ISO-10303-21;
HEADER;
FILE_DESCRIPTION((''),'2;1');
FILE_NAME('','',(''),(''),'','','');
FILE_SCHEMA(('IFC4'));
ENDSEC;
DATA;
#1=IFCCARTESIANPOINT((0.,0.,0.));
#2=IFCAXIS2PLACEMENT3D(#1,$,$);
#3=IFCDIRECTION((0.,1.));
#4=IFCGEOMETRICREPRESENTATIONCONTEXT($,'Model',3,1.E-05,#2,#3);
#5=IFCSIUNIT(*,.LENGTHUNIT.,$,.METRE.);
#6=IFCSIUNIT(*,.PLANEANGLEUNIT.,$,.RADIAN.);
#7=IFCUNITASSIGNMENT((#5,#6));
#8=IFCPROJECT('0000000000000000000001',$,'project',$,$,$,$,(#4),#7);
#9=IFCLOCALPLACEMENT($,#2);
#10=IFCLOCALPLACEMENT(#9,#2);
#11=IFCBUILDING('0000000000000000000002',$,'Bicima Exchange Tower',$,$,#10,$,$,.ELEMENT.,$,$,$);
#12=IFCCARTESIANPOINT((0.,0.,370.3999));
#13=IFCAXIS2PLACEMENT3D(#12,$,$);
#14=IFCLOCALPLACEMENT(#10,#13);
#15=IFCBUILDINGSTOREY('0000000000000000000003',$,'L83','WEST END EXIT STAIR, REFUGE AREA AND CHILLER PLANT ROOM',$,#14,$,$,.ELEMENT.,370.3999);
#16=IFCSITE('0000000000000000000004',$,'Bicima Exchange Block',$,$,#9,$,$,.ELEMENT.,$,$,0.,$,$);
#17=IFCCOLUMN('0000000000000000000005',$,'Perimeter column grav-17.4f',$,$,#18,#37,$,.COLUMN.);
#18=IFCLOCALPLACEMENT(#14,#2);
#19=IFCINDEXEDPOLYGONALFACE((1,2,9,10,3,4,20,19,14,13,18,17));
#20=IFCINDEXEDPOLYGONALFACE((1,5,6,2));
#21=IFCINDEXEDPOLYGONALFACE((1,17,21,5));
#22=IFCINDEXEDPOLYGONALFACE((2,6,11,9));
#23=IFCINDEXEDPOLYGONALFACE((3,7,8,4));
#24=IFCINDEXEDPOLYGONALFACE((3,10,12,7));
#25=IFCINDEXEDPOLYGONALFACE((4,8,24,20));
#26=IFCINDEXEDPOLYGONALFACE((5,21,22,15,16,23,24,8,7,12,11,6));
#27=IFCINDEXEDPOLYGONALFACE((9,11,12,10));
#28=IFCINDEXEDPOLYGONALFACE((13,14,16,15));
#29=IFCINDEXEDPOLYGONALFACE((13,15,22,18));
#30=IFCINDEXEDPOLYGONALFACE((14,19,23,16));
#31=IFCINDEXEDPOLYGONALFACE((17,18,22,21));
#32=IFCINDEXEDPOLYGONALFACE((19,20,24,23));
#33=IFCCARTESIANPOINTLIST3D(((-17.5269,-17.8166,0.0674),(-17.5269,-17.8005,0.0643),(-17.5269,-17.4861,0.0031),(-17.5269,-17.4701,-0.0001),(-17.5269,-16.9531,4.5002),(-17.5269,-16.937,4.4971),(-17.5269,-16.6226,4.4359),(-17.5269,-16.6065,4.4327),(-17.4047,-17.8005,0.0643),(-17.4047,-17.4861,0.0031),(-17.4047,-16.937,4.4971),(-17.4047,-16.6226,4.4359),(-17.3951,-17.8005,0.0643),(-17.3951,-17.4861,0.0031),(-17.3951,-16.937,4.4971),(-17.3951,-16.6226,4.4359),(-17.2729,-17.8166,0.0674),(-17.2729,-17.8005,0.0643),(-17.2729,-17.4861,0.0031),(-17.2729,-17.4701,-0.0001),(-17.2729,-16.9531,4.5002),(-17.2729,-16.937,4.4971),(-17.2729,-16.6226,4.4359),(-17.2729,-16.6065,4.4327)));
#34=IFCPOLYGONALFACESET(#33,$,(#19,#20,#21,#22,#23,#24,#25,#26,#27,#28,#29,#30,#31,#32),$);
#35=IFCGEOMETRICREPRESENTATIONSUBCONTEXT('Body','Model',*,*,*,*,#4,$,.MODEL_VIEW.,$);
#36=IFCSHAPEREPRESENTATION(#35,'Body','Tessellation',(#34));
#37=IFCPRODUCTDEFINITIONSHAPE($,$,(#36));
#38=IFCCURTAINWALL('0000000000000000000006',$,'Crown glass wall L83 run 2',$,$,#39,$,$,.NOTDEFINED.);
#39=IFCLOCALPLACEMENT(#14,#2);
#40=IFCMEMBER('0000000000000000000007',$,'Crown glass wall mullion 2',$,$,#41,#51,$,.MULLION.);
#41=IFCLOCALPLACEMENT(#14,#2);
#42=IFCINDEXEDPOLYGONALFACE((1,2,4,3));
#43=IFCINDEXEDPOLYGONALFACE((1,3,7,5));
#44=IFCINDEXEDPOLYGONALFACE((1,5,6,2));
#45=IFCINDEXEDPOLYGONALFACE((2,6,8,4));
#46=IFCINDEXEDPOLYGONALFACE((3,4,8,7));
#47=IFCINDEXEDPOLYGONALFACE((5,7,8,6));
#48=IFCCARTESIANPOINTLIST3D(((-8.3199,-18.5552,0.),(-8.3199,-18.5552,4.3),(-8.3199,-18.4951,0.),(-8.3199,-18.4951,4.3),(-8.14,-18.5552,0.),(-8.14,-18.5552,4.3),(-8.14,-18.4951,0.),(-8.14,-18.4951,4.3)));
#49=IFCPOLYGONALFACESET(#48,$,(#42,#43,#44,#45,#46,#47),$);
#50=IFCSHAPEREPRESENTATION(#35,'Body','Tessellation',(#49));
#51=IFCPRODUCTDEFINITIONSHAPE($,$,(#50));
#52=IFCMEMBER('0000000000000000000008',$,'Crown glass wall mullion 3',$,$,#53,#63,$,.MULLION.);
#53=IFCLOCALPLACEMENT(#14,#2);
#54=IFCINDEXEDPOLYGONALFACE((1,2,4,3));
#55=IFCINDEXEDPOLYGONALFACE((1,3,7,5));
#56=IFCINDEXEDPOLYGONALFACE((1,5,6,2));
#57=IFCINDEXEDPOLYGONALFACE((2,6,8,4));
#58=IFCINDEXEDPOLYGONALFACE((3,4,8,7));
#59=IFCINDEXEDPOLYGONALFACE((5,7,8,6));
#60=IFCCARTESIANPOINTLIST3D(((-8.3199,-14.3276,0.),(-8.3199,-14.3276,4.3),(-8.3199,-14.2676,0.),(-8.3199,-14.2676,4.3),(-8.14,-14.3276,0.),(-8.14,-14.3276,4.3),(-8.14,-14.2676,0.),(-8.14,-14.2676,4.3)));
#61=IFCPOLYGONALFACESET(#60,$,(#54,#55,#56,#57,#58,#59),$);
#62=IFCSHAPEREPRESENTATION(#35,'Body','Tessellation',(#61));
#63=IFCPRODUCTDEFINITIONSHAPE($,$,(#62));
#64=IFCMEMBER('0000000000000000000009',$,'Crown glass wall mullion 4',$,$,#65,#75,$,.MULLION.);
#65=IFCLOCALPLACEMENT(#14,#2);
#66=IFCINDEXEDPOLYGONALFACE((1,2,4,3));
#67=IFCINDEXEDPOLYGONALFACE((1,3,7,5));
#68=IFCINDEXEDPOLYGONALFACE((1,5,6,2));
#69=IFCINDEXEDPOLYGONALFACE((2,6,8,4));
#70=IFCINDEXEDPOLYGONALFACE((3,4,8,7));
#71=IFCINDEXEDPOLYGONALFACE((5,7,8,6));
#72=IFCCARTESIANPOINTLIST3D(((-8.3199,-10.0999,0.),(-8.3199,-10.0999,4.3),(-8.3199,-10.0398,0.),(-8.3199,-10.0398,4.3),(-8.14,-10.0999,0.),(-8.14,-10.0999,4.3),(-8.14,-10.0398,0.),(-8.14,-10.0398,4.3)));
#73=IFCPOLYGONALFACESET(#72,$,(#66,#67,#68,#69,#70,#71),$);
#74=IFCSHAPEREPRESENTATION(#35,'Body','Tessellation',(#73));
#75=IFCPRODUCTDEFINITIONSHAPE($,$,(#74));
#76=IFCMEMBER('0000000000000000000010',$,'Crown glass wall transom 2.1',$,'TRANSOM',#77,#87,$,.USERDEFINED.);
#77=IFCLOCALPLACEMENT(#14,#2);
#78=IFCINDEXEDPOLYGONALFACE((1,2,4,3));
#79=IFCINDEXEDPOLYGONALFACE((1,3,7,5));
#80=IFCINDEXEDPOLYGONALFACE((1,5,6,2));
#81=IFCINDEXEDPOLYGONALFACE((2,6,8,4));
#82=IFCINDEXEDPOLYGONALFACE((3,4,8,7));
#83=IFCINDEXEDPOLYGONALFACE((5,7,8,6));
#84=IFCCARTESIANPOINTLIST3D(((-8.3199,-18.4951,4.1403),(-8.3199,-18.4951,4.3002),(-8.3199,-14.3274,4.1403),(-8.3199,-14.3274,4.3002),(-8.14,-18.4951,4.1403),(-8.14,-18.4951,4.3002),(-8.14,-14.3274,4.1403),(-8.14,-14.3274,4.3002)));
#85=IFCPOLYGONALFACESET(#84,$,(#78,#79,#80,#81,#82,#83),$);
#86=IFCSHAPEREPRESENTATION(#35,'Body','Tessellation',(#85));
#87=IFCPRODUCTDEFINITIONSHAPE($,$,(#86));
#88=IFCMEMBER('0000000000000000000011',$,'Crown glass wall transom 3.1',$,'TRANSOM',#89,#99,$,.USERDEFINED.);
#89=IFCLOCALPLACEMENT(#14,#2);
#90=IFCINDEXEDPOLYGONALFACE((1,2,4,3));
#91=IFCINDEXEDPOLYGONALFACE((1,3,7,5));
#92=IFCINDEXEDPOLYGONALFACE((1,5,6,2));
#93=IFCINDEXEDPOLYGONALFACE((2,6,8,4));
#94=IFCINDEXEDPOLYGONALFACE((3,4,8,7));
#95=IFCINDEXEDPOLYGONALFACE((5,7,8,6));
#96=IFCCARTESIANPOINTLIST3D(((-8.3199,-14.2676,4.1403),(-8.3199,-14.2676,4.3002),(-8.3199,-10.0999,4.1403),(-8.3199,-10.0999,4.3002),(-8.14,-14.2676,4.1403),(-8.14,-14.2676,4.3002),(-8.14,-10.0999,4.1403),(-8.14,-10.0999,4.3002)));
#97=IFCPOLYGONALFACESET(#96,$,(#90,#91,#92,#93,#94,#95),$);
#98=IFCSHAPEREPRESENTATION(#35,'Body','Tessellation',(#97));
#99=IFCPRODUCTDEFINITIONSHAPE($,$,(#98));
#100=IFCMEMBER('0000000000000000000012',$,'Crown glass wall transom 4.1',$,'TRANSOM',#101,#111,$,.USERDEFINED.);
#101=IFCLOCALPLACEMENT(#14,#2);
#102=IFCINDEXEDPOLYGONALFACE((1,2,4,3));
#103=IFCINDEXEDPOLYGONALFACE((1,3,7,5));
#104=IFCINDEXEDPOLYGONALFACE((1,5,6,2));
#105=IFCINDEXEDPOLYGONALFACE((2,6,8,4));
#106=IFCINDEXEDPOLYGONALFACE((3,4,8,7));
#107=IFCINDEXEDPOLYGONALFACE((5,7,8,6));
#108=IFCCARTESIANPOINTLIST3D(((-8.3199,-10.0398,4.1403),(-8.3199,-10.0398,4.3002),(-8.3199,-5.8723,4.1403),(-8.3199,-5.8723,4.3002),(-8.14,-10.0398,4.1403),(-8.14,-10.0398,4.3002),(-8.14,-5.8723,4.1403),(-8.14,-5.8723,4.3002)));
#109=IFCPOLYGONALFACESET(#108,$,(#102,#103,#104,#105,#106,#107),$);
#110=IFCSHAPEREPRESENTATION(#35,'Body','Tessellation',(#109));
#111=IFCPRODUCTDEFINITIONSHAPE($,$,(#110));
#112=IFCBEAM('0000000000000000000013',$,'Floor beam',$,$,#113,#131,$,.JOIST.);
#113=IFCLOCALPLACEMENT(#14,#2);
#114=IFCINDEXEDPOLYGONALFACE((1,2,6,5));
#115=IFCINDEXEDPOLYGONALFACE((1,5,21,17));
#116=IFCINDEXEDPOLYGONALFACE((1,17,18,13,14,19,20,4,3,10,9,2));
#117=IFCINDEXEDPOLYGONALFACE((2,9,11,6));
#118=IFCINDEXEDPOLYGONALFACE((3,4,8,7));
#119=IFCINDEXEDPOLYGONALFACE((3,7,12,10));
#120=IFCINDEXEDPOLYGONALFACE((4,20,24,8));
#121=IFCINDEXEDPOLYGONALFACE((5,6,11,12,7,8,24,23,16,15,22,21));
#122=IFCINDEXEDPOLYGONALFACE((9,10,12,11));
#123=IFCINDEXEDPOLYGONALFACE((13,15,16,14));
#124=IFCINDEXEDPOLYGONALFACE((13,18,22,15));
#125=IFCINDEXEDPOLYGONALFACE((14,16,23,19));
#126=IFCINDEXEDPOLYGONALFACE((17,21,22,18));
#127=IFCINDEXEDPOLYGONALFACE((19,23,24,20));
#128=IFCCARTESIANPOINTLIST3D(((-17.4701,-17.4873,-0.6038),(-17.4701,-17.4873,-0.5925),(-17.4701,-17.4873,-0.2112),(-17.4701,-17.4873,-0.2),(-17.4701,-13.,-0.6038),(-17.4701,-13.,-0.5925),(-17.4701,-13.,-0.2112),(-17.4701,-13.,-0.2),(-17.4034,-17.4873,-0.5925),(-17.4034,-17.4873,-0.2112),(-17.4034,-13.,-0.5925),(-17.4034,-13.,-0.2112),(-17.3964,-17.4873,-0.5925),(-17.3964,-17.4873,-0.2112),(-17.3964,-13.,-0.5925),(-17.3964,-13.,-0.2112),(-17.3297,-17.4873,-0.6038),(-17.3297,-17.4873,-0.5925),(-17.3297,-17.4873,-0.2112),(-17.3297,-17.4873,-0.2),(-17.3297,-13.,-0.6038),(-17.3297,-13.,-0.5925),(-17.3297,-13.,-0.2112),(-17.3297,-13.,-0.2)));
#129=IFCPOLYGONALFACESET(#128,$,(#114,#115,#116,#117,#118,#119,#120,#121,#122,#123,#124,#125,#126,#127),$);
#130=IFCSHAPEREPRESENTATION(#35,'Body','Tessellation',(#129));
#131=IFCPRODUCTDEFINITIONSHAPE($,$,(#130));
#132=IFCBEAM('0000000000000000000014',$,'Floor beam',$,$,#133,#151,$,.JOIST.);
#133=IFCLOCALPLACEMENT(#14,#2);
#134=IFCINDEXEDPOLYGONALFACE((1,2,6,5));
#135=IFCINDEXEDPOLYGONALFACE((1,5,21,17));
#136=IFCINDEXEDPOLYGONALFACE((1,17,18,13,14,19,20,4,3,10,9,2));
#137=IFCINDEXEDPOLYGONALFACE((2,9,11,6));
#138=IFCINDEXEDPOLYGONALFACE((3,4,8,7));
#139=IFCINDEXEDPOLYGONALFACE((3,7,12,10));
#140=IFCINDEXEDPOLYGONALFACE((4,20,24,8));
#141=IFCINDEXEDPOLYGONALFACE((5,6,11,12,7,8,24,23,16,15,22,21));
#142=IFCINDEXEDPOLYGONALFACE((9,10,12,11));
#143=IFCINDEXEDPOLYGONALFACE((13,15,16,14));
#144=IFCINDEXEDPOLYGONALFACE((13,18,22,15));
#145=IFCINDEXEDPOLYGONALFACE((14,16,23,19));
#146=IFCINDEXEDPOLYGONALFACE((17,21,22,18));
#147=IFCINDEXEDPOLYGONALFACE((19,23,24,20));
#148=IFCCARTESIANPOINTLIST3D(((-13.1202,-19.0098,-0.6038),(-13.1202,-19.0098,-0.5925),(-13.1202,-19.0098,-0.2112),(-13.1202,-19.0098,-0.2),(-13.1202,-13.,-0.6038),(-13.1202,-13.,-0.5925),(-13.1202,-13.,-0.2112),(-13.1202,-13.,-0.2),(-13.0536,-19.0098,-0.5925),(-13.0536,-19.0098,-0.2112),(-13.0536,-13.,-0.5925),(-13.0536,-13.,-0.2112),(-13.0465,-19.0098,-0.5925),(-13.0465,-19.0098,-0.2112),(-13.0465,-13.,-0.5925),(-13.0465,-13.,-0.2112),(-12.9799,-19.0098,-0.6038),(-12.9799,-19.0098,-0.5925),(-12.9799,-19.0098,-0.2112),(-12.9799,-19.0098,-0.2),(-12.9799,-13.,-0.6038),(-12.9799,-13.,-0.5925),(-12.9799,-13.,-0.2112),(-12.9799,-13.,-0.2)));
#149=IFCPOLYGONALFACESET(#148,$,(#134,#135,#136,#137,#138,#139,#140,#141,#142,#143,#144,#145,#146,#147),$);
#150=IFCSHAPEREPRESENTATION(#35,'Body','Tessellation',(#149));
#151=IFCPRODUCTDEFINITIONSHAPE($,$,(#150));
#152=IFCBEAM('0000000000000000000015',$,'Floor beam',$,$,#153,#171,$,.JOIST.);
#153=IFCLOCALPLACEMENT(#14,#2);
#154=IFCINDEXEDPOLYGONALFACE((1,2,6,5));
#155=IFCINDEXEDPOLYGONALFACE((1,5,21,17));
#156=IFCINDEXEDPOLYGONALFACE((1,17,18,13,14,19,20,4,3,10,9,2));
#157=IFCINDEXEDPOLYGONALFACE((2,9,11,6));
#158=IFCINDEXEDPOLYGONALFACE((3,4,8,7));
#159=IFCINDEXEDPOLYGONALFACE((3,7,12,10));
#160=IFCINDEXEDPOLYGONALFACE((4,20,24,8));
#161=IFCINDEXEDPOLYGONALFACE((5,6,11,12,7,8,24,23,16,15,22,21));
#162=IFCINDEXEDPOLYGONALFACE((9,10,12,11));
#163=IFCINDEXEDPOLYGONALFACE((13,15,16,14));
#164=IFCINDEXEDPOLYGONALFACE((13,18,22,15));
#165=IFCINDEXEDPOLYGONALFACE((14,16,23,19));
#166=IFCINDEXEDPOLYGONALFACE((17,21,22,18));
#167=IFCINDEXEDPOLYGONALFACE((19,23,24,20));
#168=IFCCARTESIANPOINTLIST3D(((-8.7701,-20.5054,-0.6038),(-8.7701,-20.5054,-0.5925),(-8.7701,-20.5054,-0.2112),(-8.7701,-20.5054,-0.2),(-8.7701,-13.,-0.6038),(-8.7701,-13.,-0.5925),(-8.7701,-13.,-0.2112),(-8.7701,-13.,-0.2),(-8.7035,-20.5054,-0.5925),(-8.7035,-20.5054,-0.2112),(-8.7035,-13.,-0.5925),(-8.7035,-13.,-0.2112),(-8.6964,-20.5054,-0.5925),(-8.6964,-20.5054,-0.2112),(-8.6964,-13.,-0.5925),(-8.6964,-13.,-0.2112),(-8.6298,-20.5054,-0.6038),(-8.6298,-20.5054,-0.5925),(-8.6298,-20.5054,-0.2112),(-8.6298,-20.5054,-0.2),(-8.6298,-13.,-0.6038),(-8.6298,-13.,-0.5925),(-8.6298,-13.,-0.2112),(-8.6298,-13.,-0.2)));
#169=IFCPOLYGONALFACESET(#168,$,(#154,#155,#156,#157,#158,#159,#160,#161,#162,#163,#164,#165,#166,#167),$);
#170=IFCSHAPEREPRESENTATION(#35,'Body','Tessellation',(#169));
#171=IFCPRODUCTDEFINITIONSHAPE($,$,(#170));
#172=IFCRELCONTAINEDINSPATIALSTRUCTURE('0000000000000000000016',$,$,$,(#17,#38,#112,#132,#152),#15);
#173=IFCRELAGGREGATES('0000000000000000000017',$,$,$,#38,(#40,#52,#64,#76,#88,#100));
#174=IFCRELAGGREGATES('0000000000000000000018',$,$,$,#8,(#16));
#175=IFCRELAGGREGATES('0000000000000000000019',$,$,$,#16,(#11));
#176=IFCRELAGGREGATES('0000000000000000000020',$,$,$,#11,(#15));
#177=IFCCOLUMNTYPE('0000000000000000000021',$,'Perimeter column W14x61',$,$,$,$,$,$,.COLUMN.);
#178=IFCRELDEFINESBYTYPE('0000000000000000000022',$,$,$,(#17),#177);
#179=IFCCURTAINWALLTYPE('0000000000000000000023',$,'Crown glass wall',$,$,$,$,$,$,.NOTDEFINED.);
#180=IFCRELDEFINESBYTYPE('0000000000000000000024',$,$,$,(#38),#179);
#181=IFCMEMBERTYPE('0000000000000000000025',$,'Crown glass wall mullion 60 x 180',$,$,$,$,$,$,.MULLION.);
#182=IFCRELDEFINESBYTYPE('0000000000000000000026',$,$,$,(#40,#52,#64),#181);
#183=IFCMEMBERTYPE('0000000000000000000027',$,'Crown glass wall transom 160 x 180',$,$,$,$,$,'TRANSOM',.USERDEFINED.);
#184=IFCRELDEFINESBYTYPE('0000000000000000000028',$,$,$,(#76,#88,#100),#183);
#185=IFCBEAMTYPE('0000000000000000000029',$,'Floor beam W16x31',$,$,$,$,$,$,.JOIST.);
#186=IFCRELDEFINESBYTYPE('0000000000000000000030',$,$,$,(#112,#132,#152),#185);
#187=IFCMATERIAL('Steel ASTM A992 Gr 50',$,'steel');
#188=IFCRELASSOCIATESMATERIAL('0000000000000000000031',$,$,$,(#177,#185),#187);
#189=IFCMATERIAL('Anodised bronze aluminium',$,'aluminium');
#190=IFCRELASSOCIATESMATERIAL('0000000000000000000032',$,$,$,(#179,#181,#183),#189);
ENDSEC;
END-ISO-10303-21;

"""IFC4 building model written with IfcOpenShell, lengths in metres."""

from ifc_helpers import new_model, si_unit, direction, frame, origin, origin_2d, place, context, subcontext, project, spatial, rectangle, i_section, extrude, material, material_profile, profile_set, type_object, element, aggregate, save


model = new_model("IFC4")

# Units and contexts
model_context = context("Model", 3, precision=1e-05, world=origin(), true_north=direction((0.0, 1.0)))
body_context = subcontext(model_context, "Body", "Model", "MODEL_VIEW")
ifc_project = project(units=[si_unit("LENGTHUNIT", "METRE"), si_unit("PLANEANGLEUNIT", "RADIAN")], contexts=[model_context])

# Site, building, storey
site_placement = place(None, origin())
site = spatial("IfcSite", under=ifc_project, at=site_placement, Name="Bicima Exchange Block", CompositionType="ELEMENT", RefElevation=0.0)
building_placement = place(site_placement, origin())
building = spatial("IfcBuilding", under=site, at=building_placement, Name="Bicima Exchange Tower", CompositionType="ELEMENT")
storey_placement = place(building_placement, frame((0.0, 0.0, 370.3999)))
storey = spatial("IfcBuildingStorey", under=building, at=storey_placement, Name="L83", Description="WEST END EXIT STAIR, REFUGE AREA AND CHILLER PLANT ROOM", CompositionType="ELEMENT", Elevation=370.3999)

# Column
ifc_material_1 = material(Name="Steel ASTM A992 Gr 50", Category="steel")
ifc_material_profile_1 = material_profile(ifc_material_1, i_section(OverallWidth=0.2539, OverallDepth=0.353, WebThickness=0.0095, FlangeThickness=0.0164, at=origin_2d()))
ifc_profile_set_1 = profile_set([ifc_material_profile_1], Name="Steel ASTM A992 Gr 50")
column_type = type_object("IfcColumnType", Name="Perimeter column W14x61", PredefinedType="COLUMN", material=ifc_profile_set_1)
column_placement = place(storey_placement, frame((-17.3999, -17.6433, 0.0337), z_axis=(0.0, 0.191207, 0.98155), x_axis=(-1.0, 0.0, 0.0)))
element("IfcColumn", 1, at=column_placement, inside=storey, type_object=column_type, Name="Perimeter column grav-17.4f", PredefinedType="COLUMN", context=body_context, shape_type="SweptSolid", body=[
    extrude(i_section(OverallWidth=0.2539, OverallDepth=0.353, WebThickness=0.0095, FlangeThickness=0.0164, at=origin_2d()), origin(), (0.0, 0.0, 1.0), 4.5161),
])

# Curtain wall, members
ifc_material_2 = material(Name="Anodised bronze aluminium", Category="aluminium")
curtain_wall_type = type_object("IfcCurtainWallType", Name="Crown glass wall", PredefinedType="NOTDEFINED", material=ifc_material_2)
curtain_wall_placement = place(storey_placement, origin())
curtain_wall = element("IfcCurtainWall", 2, at=curtain_wall_placement, inside=storey, type_object=curtain_wall_type, Name="Crown glass wall L83 run 2", PredefinedType="NOTDEFINED")
ifc_material_profile_2 = material_profile(ifc_material_2, rectangle(XDim=0.1799, YDim=0.0601, at=origin_2d()))
ifc_profile_set_2 = profile_set([ifc_material_profile_2], Name="Anodised bronze aluminium")
member_type_1 = type_object("IfcMemberType", Name="Crown glass wall mullion 60 x 180", PredefinedType="MULLION", material=ifc_profile_set_2)
member_1_placement = place(storey_placement, frame((-8.23, -18.5251, 0.0), z_axis=(0.0, 0.0, 1.0), x_axis=(-1.0, 0.0, 0.0)))
member_1 = element("IfcMember", 3, at=member_1_placement, type_object=member_type_1, Name="Crown glass wall mullion 2", PredefinedType="MULLION", context=body_context, shape_type="SweptSolid", body=[
    extrude(rectangle(XDim=0.1799, YDim=0.0601, at=origin_2d()), origin(), (0.0, 0.0, 1.0), 4.3),
])
member_2_placement = place(storey_placement, frame((-8.23, -14.2976, 0.0), z_axis=(0.0, 0.0, 1.0), x_axis=(-1.0, 0.0, 0.0)))
member_2 = element("IfcMember", 4, at=member_2_placement, type_object=member_type_1, Name="Crown glass wall mullion 3", PredefinedType="MULLION", context=body_context, shape_type="SweptSolid", body=[
    extrude(rectangle(XDim=0.1799, YDim=0.0601, at=origin_2d()), origin(), (0.0, 0.0, 1.0), 4.3),
])
member_3_placement = place(storey_placement, frame((-8.23, -10.0698, 0.0), z_axis=(0.0, 0.0, 1.0), x_axis=(-1.0, 0.0, 0.0)))
member_3 = element("IfcMember", 5, at=member_3_placement, type_object=member_type_1, Name="Crown glass wall mullion 4", PredefinedType="MULLION", context=body_context, shape_type="SweptSolid", body=[
    extrude(rectangle(XDim=0.1799, YDim=0.0601, at=origin_2d()), origin(), (0.0, 0.0, 1.0), 4.3),
])
ifc_material_profile_3 = material_profile(ifc_material_2, rectangle(XDim=0.1799, YDim=0.1599, at=origin_2d()))
ifc_profile_set_3 = profile_set([ifc_material_profile_3], Name="Anodised bronze aluminium")
member_type_2 = type_object("IfcMemberType", Name="Crown glass wall transom 160 x 180", ElementType="TRANSOM", PredefinedType="USERDEFINED", material=ifc_profile_set_3)
member_4_placement = place(storey_placement, frame((-8.23, -18.4951, 4.2202), z_axis=(0.0, 1.0, 0.0), x_axis=(-1.0, 0.0, 0.0)))
member_4 = element("IfcMember", 6, at=member_4_placement, type_object=member_type_2, Name="Crown glass wall transom 2.1", ObjectType="TRANSOM", PredefinedType="USERDEFINED", context=body_context, shape_type="SweptSolid", body=[
    extrude(rectangle(XDim=0.1799, YDim=0.1599, at=origin_2d()), origin(), (0.0, 0.0, 1.0), 4.1677),
])
member_5_placement = place(storey_placement, frame((-8.23, -14.2676, 4.2202), z_axis=(0.0, 1.0, 0.0), x_axis=(-1.0, 0.0, 0.0)))
member_5 = element("IfcMember", 7, at=member_5_placement, type_object=member_type_2, Name="Crown glass wall transom 3.1", ObjectType="TRANSOM", PredefinedType="USERDEFINED", context=body_context, shape_type="SweptSolid", body=[
    extrude(rectangle(XDim=0.1799, YDim=0.1599, at=origin_2d()), origin(), (0.0, 0.0, 1.0), 4.1677),
])
member_6_placement = place(storey_placement, frame((-8.23, -10.0398, 4.2202), z_axis=(0.0, 1.0, 0.0), x_axis=(-1.0, 0.0, 0.0)))
member_6 = element("IfcMember", 8, at=member_6_placement, type_object=member_type_2, Name="Crown glass wall transom 4.1", ObjectType="TRANSOM", PredefinedType="USERDEFINED", context=body_context, shape_type="SweptSolid", body=[
    extrude(rectangle(XDim=0.1799, YDim=0.1599, at=origin_2d()), origin(), (0.0, 0.0, 1.0), 4.1675),
])

# Beams
ifc_material_profile_4 = material_profile(ifc_material_1, i_section(OverallWidth=0.1404, OverallDepth=0.4038, WebThickness=0.0071, FlangeThickness=0.0112, at=origin_2d()))
ifc_profile_set_4 = profile_set([ifc_material_profile_4], Name="Steel ASTM A992 Gr 50")
beam_type_1 = type_object("IfcBeamType", Name="Floor beam W16x31", PredefinedType="JOIST", material=ifc_profile_set_4)
beam_1_placement = place(storey_placement, frame((-17.3999, -13.0, -0.4019), z_axis=(0.0, -1.0, 0.0), x_axis=(1.0, 0.0, 0.0)))
element("IfcBeam", 9, at=beam_1_placement, inside=storey, type_object=beam_type_1, Name="Floor beam", PredefinedType="JOIST", context=body_context, shape_type="SweptSolid", body=[
    extrude(i_section(OverallWidth=0.1404, OverallDepth=0.4038, WebThickness=0.0071, FlangeThickness=0.0112, at=origin_2d()), origin(), (0.0, 0.0, 1.0), 4.4873),
])
beam_2_placement = place(storey_placement, frame((-13.05, -13.0, -0.4019), z_axis=(0.0, -1.0, 0.0), x_axis=(1.0, 0.0, 0.0)))
element("IfcBeam", 10, at=beam_2_placement, inside=storey, type_object=beam_type_1, Name="Floor beam", PredefinedType="JOIST", context=body_context, shape_type="SweptSolid", body=[
    extrude(i_section(OverallWidth=0.1404, OverallDepth=0.4038, WebThickness=0.0071, FlangeThickness=0.0112, at=origin_2d()), origin(), (0.0, 0.0, 1.0), 6.0098),
])
beam_3_placement = place(storey_placement, frame((-8.7, -13.0, -0.4019), z_axis=(0.0, -1.0, 0.0), x_axis=(1.0, 0.0, 0.0)))
element("IfcBeam", 11, at=beam_3_placement, inside=storey, type_object=beam_type_1, Name="Floor beam", PredefinedType="JOIST", context=body_context, shape_type="SweptSolid", body=[
    extrude(i_section(OverallWidth=0.1404, OverallDepth=0.4038, WebThickness=0.0071, FlangeThickness=0.0112, at=origin_2d()), origin(), (0.0, 0.0, 1.0), 7.5054),
])

aggregate(curtain_wall, [member_1, member_2, member_3, member_4, member_5, member_6])

save(model, "model.ifc")
